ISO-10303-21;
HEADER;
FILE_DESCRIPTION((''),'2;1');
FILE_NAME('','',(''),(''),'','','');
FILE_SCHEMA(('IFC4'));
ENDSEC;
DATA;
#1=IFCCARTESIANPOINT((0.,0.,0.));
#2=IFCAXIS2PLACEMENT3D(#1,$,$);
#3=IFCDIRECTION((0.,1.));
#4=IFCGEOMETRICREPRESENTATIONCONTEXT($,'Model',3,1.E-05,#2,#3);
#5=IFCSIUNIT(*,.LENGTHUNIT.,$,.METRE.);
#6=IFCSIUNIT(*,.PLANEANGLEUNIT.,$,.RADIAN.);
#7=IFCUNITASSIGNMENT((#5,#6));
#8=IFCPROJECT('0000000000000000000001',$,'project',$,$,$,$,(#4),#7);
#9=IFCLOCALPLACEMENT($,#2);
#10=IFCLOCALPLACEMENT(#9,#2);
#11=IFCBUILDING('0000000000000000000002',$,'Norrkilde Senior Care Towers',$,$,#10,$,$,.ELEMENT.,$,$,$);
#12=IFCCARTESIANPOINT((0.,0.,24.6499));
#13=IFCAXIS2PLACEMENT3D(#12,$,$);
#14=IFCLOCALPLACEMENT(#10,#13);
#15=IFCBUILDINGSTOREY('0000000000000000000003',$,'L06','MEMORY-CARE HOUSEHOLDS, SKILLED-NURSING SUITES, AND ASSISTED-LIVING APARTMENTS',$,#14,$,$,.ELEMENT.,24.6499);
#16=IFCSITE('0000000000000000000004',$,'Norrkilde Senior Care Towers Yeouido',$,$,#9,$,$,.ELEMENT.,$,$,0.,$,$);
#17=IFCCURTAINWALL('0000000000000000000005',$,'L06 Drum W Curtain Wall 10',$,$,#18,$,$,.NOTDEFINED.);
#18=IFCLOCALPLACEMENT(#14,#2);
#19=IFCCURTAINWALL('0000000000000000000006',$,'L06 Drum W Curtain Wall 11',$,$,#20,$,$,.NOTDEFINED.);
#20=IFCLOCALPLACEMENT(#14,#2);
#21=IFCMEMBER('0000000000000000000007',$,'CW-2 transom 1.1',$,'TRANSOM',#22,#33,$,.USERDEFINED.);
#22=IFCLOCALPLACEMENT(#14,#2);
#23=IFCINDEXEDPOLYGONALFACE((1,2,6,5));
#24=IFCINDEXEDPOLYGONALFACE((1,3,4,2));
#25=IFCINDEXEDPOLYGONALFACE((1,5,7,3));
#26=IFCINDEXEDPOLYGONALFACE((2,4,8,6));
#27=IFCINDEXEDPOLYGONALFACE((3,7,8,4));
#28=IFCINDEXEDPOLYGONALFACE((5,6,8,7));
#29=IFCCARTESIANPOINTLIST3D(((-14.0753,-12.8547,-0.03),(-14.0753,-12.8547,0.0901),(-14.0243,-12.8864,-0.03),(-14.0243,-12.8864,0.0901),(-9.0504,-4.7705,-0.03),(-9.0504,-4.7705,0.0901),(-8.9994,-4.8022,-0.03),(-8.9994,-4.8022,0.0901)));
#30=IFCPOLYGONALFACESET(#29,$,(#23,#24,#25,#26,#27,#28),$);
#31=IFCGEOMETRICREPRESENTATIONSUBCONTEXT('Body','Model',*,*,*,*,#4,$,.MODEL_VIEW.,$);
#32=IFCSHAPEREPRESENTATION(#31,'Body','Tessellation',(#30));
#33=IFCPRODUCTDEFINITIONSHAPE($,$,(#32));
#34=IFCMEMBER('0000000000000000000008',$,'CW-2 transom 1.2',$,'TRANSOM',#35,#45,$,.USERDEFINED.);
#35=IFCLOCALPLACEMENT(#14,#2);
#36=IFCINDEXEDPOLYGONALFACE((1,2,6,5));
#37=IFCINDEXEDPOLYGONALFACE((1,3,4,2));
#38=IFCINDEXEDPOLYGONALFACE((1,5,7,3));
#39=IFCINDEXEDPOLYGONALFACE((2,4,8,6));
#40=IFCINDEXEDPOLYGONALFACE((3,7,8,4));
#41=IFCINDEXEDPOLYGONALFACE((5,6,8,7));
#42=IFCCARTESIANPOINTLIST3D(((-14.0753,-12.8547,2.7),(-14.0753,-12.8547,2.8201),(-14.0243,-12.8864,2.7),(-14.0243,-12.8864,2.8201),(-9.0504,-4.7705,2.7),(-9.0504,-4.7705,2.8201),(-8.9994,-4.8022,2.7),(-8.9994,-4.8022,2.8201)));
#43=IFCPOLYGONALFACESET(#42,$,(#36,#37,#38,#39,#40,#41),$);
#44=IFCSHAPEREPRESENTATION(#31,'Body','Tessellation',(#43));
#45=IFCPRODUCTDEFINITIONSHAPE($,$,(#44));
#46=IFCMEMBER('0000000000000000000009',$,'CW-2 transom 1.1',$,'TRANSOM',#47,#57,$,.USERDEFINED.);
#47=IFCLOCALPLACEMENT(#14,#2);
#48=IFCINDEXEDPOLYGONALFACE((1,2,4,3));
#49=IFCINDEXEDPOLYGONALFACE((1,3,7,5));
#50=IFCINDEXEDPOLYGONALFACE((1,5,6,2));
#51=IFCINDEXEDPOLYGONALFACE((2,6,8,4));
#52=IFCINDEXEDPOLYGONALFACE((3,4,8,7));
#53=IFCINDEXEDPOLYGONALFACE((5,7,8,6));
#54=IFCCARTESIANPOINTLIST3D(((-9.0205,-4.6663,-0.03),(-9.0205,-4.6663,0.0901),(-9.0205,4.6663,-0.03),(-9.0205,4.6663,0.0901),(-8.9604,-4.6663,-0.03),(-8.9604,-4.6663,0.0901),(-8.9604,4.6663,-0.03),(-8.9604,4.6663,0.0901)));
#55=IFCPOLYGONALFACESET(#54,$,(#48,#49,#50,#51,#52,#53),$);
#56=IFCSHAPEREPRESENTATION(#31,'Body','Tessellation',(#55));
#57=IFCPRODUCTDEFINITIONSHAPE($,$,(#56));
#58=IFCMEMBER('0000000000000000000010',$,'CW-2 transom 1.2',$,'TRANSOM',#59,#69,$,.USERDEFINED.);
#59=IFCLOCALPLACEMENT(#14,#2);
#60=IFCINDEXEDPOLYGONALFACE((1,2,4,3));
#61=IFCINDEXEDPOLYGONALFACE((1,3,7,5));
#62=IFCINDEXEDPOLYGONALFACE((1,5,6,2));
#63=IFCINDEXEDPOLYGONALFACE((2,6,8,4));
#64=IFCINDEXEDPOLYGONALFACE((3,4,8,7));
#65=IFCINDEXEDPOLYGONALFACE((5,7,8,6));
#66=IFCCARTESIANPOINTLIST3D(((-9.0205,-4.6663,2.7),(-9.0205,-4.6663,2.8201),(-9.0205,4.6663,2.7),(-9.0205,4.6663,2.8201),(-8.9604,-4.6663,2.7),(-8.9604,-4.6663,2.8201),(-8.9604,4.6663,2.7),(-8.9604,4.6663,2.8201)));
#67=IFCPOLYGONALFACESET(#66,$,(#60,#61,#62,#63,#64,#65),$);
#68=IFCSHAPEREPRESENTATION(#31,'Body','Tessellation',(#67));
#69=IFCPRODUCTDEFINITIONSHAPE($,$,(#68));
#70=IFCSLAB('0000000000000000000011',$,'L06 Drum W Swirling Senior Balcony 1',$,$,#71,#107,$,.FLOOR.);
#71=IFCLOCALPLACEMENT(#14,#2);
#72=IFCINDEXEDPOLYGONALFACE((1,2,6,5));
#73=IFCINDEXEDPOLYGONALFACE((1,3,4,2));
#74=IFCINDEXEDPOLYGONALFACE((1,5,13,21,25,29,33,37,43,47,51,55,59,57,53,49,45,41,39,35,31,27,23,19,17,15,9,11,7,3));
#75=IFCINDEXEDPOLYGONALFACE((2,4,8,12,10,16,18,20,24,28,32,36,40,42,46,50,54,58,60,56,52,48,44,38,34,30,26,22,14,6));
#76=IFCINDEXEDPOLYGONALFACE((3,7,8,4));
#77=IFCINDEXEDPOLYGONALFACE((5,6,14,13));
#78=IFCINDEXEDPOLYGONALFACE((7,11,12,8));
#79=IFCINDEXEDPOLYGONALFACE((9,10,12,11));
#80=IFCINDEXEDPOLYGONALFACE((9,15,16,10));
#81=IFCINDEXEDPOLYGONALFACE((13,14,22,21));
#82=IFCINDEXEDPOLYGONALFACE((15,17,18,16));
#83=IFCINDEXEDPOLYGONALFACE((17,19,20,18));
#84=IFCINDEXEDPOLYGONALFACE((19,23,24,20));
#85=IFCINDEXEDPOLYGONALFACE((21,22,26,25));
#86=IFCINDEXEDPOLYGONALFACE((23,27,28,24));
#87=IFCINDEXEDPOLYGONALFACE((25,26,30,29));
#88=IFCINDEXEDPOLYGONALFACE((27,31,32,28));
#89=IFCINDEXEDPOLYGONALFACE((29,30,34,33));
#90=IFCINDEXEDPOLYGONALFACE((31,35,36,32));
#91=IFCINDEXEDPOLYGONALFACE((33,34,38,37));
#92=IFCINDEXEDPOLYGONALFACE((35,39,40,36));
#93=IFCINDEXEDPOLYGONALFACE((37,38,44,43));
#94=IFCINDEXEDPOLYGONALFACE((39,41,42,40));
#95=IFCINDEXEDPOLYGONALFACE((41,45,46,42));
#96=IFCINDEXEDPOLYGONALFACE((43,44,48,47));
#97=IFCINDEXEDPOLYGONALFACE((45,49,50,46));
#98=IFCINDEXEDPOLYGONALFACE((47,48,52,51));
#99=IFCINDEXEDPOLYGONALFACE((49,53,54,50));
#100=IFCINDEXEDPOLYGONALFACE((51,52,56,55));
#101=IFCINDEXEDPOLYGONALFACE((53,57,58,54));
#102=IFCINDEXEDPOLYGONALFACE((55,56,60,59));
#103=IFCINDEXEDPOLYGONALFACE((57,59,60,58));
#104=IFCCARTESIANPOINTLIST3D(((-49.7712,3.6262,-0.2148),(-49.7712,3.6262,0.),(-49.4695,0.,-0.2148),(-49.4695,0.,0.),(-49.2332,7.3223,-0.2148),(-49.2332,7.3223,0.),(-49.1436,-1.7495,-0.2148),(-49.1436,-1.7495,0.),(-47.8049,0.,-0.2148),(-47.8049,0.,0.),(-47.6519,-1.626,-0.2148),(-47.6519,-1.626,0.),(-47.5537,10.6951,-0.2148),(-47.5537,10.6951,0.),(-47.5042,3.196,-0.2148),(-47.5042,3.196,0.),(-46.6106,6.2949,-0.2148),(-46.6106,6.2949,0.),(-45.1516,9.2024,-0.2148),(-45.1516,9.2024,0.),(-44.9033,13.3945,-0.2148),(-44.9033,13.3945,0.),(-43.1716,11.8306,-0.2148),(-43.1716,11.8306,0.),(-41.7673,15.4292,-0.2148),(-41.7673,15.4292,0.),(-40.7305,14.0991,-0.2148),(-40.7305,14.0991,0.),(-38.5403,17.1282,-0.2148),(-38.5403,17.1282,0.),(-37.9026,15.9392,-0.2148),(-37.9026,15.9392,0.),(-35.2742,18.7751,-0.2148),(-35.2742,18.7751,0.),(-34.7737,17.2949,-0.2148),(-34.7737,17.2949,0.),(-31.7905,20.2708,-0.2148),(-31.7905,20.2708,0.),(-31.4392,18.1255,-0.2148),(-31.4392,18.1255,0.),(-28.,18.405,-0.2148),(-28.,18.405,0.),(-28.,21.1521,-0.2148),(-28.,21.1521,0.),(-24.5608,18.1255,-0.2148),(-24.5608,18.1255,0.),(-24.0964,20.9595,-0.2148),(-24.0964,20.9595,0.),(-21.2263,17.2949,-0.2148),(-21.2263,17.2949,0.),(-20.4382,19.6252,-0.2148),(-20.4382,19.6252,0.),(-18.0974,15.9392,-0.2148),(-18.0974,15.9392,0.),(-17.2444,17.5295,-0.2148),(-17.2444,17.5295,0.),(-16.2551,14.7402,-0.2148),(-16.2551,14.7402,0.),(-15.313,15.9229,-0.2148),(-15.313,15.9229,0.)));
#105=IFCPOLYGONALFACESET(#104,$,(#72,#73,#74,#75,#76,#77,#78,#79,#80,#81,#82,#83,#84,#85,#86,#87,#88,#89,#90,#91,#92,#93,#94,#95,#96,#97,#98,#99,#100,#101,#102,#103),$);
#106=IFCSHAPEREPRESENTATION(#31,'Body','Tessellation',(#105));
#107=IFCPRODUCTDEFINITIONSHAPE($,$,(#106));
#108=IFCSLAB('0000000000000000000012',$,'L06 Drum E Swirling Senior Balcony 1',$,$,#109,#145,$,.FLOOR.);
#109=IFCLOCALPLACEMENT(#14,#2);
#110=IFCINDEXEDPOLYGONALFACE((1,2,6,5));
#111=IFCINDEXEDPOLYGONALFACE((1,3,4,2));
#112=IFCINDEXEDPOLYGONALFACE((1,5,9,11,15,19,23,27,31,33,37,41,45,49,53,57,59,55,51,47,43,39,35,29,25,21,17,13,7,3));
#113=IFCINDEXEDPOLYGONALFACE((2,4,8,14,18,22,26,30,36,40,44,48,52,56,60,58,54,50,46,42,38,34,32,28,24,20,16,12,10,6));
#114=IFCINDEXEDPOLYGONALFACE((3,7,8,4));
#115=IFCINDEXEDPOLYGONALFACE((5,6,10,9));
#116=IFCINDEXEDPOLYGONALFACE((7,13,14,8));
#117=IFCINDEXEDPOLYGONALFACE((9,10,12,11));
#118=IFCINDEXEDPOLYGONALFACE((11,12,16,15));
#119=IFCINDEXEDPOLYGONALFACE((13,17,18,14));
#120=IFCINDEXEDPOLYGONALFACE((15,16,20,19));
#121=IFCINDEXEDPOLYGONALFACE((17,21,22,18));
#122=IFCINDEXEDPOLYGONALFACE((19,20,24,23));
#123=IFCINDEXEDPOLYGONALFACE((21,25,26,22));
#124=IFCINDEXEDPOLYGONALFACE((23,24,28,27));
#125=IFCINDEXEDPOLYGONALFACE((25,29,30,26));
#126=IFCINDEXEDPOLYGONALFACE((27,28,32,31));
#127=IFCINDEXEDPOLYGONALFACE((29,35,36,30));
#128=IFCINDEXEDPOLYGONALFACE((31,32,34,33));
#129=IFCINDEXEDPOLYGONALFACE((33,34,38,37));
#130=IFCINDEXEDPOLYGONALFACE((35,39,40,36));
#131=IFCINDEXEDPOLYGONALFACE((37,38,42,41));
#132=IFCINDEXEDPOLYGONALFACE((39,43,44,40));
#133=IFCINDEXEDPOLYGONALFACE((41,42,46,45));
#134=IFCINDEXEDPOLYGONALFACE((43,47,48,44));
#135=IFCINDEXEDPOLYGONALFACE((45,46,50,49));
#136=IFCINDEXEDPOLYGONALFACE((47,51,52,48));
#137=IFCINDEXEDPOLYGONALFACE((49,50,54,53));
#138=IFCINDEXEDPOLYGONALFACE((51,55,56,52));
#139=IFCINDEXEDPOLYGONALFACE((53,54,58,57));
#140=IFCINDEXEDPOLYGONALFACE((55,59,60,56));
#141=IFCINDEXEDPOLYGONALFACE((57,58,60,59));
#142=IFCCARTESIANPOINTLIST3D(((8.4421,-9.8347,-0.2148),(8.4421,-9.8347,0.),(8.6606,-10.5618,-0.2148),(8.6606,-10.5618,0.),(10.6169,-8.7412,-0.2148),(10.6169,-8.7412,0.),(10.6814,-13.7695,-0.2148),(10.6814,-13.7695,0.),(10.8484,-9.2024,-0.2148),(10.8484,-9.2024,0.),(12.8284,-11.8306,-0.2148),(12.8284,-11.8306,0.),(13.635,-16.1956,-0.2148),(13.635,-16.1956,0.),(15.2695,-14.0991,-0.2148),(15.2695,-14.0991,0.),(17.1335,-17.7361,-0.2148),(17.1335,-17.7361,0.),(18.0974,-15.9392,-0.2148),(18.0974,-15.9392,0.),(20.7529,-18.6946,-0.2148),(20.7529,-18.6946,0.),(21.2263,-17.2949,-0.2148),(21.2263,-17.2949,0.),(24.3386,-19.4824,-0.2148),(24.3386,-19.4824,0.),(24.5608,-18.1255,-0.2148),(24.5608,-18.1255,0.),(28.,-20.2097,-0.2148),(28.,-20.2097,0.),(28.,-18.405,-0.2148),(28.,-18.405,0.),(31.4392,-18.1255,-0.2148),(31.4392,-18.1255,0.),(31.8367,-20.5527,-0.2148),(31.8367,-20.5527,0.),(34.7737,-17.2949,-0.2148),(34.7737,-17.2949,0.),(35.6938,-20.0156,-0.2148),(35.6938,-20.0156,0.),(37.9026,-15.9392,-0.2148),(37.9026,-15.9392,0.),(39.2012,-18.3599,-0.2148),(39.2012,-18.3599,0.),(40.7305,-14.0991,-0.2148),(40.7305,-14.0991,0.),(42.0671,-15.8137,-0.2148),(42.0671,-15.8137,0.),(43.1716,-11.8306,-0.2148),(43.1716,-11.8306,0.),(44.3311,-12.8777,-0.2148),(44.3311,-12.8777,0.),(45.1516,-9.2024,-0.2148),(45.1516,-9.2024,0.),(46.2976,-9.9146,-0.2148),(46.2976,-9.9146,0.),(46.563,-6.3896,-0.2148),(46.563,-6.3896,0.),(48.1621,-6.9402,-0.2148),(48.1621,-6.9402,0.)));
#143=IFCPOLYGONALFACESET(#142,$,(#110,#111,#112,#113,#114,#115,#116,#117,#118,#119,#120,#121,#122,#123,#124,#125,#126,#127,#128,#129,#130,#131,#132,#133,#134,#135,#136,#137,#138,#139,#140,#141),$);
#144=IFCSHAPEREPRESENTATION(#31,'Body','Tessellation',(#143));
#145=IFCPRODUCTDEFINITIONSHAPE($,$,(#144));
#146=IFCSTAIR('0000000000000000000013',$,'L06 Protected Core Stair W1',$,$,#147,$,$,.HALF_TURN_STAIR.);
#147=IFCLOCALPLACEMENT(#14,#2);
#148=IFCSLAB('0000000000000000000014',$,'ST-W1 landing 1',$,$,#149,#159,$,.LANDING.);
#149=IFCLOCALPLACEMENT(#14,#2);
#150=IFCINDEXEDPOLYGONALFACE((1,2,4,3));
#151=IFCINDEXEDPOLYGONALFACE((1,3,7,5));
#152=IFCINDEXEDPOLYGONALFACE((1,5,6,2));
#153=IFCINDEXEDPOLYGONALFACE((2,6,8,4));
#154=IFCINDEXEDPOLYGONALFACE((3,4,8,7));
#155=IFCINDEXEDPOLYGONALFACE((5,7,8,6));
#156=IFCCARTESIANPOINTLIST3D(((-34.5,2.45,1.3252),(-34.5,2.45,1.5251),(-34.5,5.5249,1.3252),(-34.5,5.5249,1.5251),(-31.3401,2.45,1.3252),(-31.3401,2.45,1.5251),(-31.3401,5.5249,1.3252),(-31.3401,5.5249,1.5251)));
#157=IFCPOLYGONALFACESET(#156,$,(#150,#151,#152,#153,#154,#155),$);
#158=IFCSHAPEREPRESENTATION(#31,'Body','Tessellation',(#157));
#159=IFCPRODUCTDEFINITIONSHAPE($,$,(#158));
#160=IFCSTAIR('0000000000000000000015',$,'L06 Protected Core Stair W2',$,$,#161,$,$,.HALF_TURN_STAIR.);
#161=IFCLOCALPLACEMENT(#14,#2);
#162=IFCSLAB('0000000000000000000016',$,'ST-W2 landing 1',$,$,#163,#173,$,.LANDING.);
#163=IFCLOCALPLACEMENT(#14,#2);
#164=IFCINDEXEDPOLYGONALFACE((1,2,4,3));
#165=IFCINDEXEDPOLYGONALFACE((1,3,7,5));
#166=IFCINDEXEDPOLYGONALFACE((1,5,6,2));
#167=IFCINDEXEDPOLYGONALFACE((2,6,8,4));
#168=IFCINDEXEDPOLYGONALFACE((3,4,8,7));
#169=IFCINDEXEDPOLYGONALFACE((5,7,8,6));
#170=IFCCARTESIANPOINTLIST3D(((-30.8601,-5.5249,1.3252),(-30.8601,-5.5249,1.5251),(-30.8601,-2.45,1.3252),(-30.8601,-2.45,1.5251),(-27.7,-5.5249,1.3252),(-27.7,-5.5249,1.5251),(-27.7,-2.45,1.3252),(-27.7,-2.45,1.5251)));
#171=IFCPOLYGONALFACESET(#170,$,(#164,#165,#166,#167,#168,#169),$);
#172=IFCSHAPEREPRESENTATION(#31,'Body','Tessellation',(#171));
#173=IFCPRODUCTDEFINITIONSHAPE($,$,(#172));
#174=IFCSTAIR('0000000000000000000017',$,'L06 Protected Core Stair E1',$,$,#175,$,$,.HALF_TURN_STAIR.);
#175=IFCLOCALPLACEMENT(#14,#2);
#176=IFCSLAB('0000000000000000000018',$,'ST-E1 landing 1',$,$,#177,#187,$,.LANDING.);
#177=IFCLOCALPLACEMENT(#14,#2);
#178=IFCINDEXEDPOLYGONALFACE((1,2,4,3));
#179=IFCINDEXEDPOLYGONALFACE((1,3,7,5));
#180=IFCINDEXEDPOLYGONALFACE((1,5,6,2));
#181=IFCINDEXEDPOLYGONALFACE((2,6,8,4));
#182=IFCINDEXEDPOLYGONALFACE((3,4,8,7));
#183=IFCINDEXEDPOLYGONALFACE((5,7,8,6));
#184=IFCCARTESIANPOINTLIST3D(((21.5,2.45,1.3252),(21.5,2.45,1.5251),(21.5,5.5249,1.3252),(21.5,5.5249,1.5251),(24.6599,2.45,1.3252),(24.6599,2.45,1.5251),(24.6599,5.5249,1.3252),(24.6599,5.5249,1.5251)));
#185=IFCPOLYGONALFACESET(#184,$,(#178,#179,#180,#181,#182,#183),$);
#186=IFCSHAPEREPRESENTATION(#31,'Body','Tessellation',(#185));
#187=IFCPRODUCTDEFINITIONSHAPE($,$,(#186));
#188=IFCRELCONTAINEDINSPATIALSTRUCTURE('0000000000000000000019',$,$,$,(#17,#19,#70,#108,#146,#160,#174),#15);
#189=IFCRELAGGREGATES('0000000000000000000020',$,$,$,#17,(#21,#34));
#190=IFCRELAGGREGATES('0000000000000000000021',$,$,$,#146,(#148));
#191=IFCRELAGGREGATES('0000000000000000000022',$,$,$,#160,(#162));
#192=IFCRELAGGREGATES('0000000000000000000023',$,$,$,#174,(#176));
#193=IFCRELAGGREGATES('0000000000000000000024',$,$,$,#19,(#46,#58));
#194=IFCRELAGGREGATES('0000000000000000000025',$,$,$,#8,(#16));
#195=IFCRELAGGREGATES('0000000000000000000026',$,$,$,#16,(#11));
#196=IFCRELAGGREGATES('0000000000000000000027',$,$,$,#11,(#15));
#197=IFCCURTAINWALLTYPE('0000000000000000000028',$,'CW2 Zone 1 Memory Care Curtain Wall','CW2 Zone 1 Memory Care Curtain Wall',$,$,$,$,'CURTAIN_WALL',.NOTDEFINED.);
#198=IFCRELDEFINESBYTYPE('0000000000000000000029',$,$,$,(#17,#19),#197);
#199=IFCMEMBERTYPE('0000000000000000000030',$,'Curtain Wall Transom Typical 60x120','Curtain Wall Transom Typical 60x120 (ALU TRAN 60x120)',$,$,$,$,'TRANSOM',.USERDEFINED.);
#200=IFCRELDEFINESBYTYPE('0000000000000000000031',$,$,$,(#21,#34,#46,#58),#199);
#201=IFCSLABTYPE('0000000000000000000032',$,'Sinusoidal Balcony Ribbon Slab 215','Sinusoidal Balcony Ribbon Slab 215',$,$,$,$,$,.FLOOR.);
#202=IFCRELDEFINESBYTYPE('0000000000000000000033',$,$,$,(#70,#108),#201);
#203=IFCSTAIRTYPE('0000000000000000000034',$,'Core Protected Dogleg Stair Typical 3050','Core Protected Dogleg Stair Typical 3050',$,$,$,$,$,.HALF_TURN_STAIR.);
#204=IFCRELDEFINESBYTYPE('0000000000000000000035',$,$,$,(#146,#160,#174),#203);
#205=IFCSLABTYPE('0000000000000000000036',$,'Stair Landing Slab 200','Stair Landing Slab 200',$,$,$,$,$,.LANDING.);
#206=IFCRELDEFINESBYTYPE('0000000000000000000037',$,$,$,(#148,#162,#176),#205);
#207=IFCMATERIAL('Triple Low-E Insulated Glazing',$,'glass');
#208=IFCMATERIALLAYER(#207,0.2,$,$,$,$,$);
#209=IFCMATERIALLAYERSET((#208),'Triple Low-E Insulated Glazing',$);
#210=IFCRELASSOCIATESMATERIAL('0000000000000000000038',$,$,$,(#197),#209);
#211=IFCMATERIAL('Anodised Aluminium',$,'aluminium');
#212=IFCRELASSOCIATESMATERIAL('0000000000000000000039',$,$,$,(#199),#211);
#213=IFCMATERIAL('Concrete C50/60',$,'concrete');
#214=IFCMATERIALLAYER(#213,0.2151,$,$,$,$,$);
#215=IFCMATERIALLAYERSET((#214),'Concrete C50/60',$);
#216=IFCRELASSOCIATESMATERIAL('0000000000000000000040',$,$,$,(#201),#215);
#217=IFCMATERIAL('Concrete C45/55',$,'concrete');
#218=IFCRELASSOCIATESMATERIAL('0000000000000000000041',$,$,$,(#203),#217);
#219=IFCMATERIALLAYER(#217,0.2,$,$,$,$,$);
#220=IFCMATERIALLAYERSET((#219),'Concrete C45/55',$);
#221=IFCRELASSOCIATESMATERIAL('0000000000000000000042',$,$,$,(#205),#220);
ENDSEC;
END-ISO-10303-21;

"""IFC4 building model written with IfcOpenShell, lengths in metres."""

from ifc_helpers import new_model, si_unit, direction, frame, origin, origin_2d, place, context, subcontext, project, spatial, polyline, rectangle, outline, extrude, source, transform, mapped, material, layer, layer_set, material_profile, profile_set, type_object, type_shapes, element, aggregate, save


model = new_model("IFC4")

# Units and contexts
model_context = context("Model", 3, precision=1e-05, world=origin(), true_north=direction((0.0, 1.0)))
body_context = subcontext(model_context, "Body", "Model", "MODEL_VIEW")
ifc_project = project(units=[si_unit("LENGTHUNIT", "METRE"), si_unit("PLANEANGLEUNIT", "RADIAN")], contexts=[model_context])

# Site, building, storey
site_placement = place(None, origin())
site = spatial("IfcSite", under=ifc_project, at=site_placement, Name="Norrkilde Senior Care Towers Yeouido", CompositionType="ELEMENT", RefElevation=0.0)
building_placement = place(site_placement, origin())
building = spatial("IfcBuilding", under=site, at=building_placement, Name="Norrkilde Senior Care Towers", CompositionType="ELEMENT")
storey_placement = place(building_placement, frame((0.0, 0.0, 24.6499)))
storey = spatial("IfcBuildingStorey", under=building, at=storey_placement, Name="L06", Description="MEMORY-CARE HOUSEHOLDS, SKILLED-NURSING SUITES, AND ASSISTED-LIVING APARTMENTS", CompositionType="ELEMENT", Elevation=24.6499)

# Curtain wall
ifc_material_1 = material(Name="Triple Low-E Insulated Glazing", Category="glass")
ifc_layer_1 = layer(ifc_material_1, 0.2)
ifc_layer_set_1 = layer_set([ifc_layer_1], Name="Triple Low-E Insulated Glazing")
curtain_wall_type = type_object("IfcCurtainWallType", Name="CW2 Zone 1 Memory Care Curtain Wall", Description="CW2 Zone 1 Memory Care Curtain Wall", ElementType="CURTAIN_WALL", PredefinedType="NOTDEFINED", material=ifc_layer_set_1)
ifc_material_2 = material(Name="Anodised Aluminium", Category="aluminium")
curtain_wall_1_placement = place(storey_placement, origin())
curtain_wall_1 = element("IfcCurtainWall", 1, at=curtain_wall_1_placement, inside=storey, type_object=curtain_wall_type, Name="L06 Drum W Curtain Wall 10", PredefinedType="NOTDEFINED")

# Curtain wall
curtain_wall_2_placement = place(storey_placement, origin())
curtain_wall_2 = element("IfcCurtainWall", 2, at=curtain_wall_2_placement, inside=storey, type_object=curtain_wall_type, Name="L06 Drum W Curtain Wall 11", PredefinedType="NOTDEFINED")

# Members
ifc_material_profile_1 = material_profile(ifc_material_2, rectangle(XDim=0.0601, YDim=0.1201, at=origin_2d()), Name="ALU TRAN 60x120")
ifc_profile_set_1 = profile_set([ifc_material_profile_1], Name="Anodised Aluminium")
member_type_1 = type_object("IfcMemberType", Name="Curtain Wall Transom Typical 60x120", Description="Curtain Wall Transom Typical 60x120 (ALU TRAN 60x120)", ElementType="TRANSOM", PredefinedType="USERDEFINED", material=ifc_profile_set_1)
shared_shape_1 = source(origin(), body_context, "Body", "SweptSolid", [
    extrude(rectangle(XDim=0.0601, YDim=0.1201, at=origin_2d()), origin(), (0.0, 0.0, 1.0), 9.5186),
])
member_1_placement = place(storey_placement, frame((-9.0249, -4.7864, 0.03), z_axis=(-0.527902, -0.849306, 0.0), x_axis=(0.849306, -0.527902, 0.0)))
member_1 = element("IfcMember", 3, at=member_1_placement, type_object=member_type_1, Name="CW-2 transom 1.1", ObjectType="TRANSOM", PredefinedType="USERDEFINED", context=body_context, shape_type="MappedRepresentation", body=[
    mapped(shared_shape_1, transform((0.0, 0.0, 0.0), x_axis=(1.0, 0.0, 0.0), y_axis=(0.0, 1.0, 0.0), z_axis=(0.0, 0.0, 1.0), scale=1.0)),
])
member_2_placement = place(storey_placement, frame((-9.0249, -4.7864, 2.76), z_axis=(-0.527902, -0.849306, 0.0), x_axis=(0.849306, -0.527902, 0.0)))
member_2 = element("IfcMember", 4, at=member_2_placement, type_object=member_type_1, Name="CW-2 transom 1.2", ObjectType="TRANSOM", PredefinedType="USERDEFINED", context=body_context, shape_type="MappedRepresentation", body=[
    mapped(shared_shape_1, transform((0.0, 0.0, 0.0), x_axis=(1.0, 0.0, 0.0), y_axis=(0.0, 1.0, 0.0), z_axis=(0.0, 0.0, 1.0), scale=1.0)),
])
aggregate(curtain_wall_1, [member_1, member_2])
shared_shape_2 = source(origin(), body_context, "Body", "SweptSolid", [
    extrude(rectangle(XDim=0.0601, YDim=0.1201, at=origin_2d()), origin(), (0.0, 0.0, 1.0), 9.3325),
])
type_shapes(member_type_1, [shared_shape_1, shared_shape_2])
member_3_placement = place(storey_placement, frame((-8.9905, 4.6663, 0.03), z_axis=(0.0, -1.0, 0.0), x_axis=(1.0, 0.0, 0.0)))
member_3 = element("IfcMember", 5, at=member_3_placement, type_object=member_type_1, Name="CW-2 transom 1.1", ObjectType="TRANSOM", PredefinedType="USERDEFINED", context=body_context, shape_type="MappedRepresentation", body=[
    mapped(shared_shape_2, transform((0.0, 0.0, 0.0), x_axis=(1.0, 0.0, 0.0), y_axis=(0.0, 1.0, 0.0), z_axis=(0.0, 0.0, 1.0), scale=1.0)),
])
member_4_placement = place(storey_placement, frame((-8.9905, 4.6663, 2.76), z_axis=(0.0, -1.0, 0.0), x_axis=(1.0, 0.0, 0.0)))
member_4 = element("IfcMember", 6, at=member_4_placement, type_object=member_type_1, Name="CW-2 transom 1.2", ObjectType="TRANSOM", PredefinedType="USERDEFINED", context=body_context, shape_type="MappedRepresentation", body=[
    mapped(shared_shape_2, transform((0.0, 0.0, 0.0), x_axis=(1.0, 0.0, 0.0), y_axis=(0.0, 1.0, 0.0), z_axis=(0.0, 0.0, 1.0), scale=1.0)),
])

# Slabs
ifc_material_3 = material(Name="Concrete C50/60", Category="concrete")
ifc_layer_2 = layer(ifc_material_3, 0.2151)
ifc_layer_set_2 = layer_set([ifc_layer_2], Name="Concrete C50/60")
slab_type_1 = type_object("IfcSlabType", Name="Sinusoidal Balcony Ribbon Slab 215", Description="Sinusoidal Balcony Ribbon Slab 215", PredefinedType="FLOOR", material=ifc_layer_set_2)
slab_1_placement = place(storey_placement, frame((0.0, 0.0, -0.2148)))
element("IfcSlab", 7, at=slab_1_placement, inside=storey, type_object=slab_type_1, Name="L06 Drum W Swirling Senior Balcony 1", PredefinedType="FLOOR", context=body_context, shape_type="SweptSolid", body=[
    extrude(outline(polyline([(-49.7712, 3.6262), (-49.2332, 7.3223), (-47.5537, 10.6951), (-44.9033, 13.3945), (-41.7673, 15.4292), (-38.5403, 17.1282), (-35.2742, 18.7751), (-31.7905, 20.2708), (-28.0, 21.1521), (-24.0964, 20.9595), (-20.4382, 19.6252), (-17.2444, 17.5295), (-15.313, 15.9229), (-16.2551, 14.7402), (-18.0974, 15.9392), (-21.2263, 17.2949), (-24.5608, 18.1255), (-28.0, 18.405), (-31.4392, 18.1255), (-34.7737, 17.2949), (-37.9026, 15.9392), (-40.7305, 14.0991), (-43.1716, 11.8306), (-45.1516, 9.2024), (-46.6106, 6.2949), (-47.5042, 3.196), (-47.8049, 0.0), (-47.6519, -1.626), (-49.1436, -1.7495), (-49.4695, 0.0), (-49.7712, 3.6262)])), origin(), (0.0, 0.0, 1.0), 0.2148),
])
slab_2_placement = place(storey_placement, frame((0.0, 0.0, -0.2148)))
element("IfcSlab", 8, at=slab_2_placement, inside=storey, type_object=slab_type_1, Name="L06 Drum E Swirling Senior Balcony 1", PredefinedType="FLOOR", context=body_context, shape_type="SweptSolid", body=[
    extrude(outline(polyline([(44.3311, -12.8777), (42.0671, -15.8137), (39.2012, -18.3599), (35.6938, -20.0156), (31.8367, -20.5527), (28.0, -20.2097), (24.3386, -19.4824), (20.7529, -18.6946), (17.1335, -17.7361), (13.635, -16.1956), (10.6814, -13.7695), (8.6606, -10.5618), (8.4421, -9.8347), (10.6169, -8.7412), (10.8484, -9.2024), (12.8284, -11.8306), (15.2695, -14.0991), (18.0974, -15.9392), (21.2263, -17.2949), (24.5608, -18.1255), (28.0, -18.405), (31.4392, -18.1255), (34.7737, -17.2949), (37.9026, -15.9392), (40.7305, -14.0991), (43.1716, -11.8306), (45.1516, -9.2024), (46.563, -6.3896), (48.1621, -6.9402), (46.2976, -9.9146), (44.3311, -12.8777)])), origin(), (0.0, 0.0, 1.0), 0.2148),
])

# Stairs, slabs
ifc_material_4 = material(Name="Concrete C45/55", Category="concrete")
stair_type = type_object("IfcStairType", Name="Core Protected Dogleg Stair Typical 3050", Description="Core Protected Dogleg Stair Typical 3050", PredefinedType="HALF_TURN_STAIR", material=ifc_material_4)
stair_1_placement = place(storey_placement, origin())
stair_1 = element("IfcStair", 9, at=stair_1_placement, inside=storey, type_object=stair_type, Name="L06 Protected Core Stair W1", PredefinedType="HALF_TURN_STAIR")
ifc_layer_3 = layer(ifc_material_4, 0.2)
ifc_layer_set_3 = layer_set([ifc_layer_3], Name="Concrete C45/55")
slab_type_2 = type_object("IfcSlabType", Name="Stair Landing Slab 200", Description="Stair Landing Slab 200", PredefinedType="LANDING", material=ifc_layer_set_3)
slab_3_placement = place(storey_placement, frame((0.0, 0.0, 1.3252)))
slab_3 = element("IfcSlab", 10, at=slab_3_placement, type_object=slab_type_2, Name="ST-W1 landing 1", PredefinedType="LANDING", context=body_context, shape_type="SweptSolid", body=[
    extrude(outline(polyline([(-31.3401, 5.5249), (-34.5, 5.5249), (-34.5, 2.45), (-31.3401, 2.45), (-31.3401, 5.5249)])), origin(), (0.0, 0.0, 1.0), 0.2),
])
aggregate(stair_1, [slab_3])
stair_2_placement = place(storey_placement, origin())
stair_2 = element("IfcStair", 11, at=stair_2_placement, inside=storey, type_object=stair_type, Name="L06 Protected Core Stair W2", PredefinedType="HALF_TURN_STAIR")
slab_4_placement = place(storey_placement, frame((0.0, 0.0, 1.3252)))
slab_4 = element("IfcSlab", 12, at=slab_4_placement, type_object=slab_type_2, Name="ST-W2 landing 1", PredefinedType="LANDING", context=body_context, shape_type="SweptSolid", body=[
    extrude(outline(polyline([(-30.8601, -5.5249), (-27.7, -5.5249), (-27.7, -2.45), (-30.8601, -2.45), (-30.8601, -5.5249)])), origin(), (0.0, 0.0, 1.0), 0.2),
])
aggregate(stair_2, [slab_4])
stair_3_placement = place(storey_placement, origin())
stair_3 = element("IfcStair", 13, at=stair_3_placement, inside=storey, type_object=stair_type, Name="L06 Protected Core Stair E1", PredefinedType="HALF_TURN_STAIR")
slab_5_placement = place(storey_placement, frame((0.0, 0.0, 1.3252)))
slab_5 = element("IfcSlab", 14, at=slab_5_placement, type_object=slab_type_2, Name="ST-E1 landing 1", PredefinedType="LANDING", context=body_context, shape_type="SweptSolid", body=[
    extrude(outline(polyline([(24.6599, 5.5249), (21.5, 5.5249), (21.5, 2.45), (24.6599, 2.45), (24.6599, 5.5249)])), origin(), (0.0, 0.0, 1.0), 0.2),
])
aggregate(stair_3, [slab_5])

aggregate(curtain_wall_2, [member_3, member_4])

save(model, "model.ifc")
